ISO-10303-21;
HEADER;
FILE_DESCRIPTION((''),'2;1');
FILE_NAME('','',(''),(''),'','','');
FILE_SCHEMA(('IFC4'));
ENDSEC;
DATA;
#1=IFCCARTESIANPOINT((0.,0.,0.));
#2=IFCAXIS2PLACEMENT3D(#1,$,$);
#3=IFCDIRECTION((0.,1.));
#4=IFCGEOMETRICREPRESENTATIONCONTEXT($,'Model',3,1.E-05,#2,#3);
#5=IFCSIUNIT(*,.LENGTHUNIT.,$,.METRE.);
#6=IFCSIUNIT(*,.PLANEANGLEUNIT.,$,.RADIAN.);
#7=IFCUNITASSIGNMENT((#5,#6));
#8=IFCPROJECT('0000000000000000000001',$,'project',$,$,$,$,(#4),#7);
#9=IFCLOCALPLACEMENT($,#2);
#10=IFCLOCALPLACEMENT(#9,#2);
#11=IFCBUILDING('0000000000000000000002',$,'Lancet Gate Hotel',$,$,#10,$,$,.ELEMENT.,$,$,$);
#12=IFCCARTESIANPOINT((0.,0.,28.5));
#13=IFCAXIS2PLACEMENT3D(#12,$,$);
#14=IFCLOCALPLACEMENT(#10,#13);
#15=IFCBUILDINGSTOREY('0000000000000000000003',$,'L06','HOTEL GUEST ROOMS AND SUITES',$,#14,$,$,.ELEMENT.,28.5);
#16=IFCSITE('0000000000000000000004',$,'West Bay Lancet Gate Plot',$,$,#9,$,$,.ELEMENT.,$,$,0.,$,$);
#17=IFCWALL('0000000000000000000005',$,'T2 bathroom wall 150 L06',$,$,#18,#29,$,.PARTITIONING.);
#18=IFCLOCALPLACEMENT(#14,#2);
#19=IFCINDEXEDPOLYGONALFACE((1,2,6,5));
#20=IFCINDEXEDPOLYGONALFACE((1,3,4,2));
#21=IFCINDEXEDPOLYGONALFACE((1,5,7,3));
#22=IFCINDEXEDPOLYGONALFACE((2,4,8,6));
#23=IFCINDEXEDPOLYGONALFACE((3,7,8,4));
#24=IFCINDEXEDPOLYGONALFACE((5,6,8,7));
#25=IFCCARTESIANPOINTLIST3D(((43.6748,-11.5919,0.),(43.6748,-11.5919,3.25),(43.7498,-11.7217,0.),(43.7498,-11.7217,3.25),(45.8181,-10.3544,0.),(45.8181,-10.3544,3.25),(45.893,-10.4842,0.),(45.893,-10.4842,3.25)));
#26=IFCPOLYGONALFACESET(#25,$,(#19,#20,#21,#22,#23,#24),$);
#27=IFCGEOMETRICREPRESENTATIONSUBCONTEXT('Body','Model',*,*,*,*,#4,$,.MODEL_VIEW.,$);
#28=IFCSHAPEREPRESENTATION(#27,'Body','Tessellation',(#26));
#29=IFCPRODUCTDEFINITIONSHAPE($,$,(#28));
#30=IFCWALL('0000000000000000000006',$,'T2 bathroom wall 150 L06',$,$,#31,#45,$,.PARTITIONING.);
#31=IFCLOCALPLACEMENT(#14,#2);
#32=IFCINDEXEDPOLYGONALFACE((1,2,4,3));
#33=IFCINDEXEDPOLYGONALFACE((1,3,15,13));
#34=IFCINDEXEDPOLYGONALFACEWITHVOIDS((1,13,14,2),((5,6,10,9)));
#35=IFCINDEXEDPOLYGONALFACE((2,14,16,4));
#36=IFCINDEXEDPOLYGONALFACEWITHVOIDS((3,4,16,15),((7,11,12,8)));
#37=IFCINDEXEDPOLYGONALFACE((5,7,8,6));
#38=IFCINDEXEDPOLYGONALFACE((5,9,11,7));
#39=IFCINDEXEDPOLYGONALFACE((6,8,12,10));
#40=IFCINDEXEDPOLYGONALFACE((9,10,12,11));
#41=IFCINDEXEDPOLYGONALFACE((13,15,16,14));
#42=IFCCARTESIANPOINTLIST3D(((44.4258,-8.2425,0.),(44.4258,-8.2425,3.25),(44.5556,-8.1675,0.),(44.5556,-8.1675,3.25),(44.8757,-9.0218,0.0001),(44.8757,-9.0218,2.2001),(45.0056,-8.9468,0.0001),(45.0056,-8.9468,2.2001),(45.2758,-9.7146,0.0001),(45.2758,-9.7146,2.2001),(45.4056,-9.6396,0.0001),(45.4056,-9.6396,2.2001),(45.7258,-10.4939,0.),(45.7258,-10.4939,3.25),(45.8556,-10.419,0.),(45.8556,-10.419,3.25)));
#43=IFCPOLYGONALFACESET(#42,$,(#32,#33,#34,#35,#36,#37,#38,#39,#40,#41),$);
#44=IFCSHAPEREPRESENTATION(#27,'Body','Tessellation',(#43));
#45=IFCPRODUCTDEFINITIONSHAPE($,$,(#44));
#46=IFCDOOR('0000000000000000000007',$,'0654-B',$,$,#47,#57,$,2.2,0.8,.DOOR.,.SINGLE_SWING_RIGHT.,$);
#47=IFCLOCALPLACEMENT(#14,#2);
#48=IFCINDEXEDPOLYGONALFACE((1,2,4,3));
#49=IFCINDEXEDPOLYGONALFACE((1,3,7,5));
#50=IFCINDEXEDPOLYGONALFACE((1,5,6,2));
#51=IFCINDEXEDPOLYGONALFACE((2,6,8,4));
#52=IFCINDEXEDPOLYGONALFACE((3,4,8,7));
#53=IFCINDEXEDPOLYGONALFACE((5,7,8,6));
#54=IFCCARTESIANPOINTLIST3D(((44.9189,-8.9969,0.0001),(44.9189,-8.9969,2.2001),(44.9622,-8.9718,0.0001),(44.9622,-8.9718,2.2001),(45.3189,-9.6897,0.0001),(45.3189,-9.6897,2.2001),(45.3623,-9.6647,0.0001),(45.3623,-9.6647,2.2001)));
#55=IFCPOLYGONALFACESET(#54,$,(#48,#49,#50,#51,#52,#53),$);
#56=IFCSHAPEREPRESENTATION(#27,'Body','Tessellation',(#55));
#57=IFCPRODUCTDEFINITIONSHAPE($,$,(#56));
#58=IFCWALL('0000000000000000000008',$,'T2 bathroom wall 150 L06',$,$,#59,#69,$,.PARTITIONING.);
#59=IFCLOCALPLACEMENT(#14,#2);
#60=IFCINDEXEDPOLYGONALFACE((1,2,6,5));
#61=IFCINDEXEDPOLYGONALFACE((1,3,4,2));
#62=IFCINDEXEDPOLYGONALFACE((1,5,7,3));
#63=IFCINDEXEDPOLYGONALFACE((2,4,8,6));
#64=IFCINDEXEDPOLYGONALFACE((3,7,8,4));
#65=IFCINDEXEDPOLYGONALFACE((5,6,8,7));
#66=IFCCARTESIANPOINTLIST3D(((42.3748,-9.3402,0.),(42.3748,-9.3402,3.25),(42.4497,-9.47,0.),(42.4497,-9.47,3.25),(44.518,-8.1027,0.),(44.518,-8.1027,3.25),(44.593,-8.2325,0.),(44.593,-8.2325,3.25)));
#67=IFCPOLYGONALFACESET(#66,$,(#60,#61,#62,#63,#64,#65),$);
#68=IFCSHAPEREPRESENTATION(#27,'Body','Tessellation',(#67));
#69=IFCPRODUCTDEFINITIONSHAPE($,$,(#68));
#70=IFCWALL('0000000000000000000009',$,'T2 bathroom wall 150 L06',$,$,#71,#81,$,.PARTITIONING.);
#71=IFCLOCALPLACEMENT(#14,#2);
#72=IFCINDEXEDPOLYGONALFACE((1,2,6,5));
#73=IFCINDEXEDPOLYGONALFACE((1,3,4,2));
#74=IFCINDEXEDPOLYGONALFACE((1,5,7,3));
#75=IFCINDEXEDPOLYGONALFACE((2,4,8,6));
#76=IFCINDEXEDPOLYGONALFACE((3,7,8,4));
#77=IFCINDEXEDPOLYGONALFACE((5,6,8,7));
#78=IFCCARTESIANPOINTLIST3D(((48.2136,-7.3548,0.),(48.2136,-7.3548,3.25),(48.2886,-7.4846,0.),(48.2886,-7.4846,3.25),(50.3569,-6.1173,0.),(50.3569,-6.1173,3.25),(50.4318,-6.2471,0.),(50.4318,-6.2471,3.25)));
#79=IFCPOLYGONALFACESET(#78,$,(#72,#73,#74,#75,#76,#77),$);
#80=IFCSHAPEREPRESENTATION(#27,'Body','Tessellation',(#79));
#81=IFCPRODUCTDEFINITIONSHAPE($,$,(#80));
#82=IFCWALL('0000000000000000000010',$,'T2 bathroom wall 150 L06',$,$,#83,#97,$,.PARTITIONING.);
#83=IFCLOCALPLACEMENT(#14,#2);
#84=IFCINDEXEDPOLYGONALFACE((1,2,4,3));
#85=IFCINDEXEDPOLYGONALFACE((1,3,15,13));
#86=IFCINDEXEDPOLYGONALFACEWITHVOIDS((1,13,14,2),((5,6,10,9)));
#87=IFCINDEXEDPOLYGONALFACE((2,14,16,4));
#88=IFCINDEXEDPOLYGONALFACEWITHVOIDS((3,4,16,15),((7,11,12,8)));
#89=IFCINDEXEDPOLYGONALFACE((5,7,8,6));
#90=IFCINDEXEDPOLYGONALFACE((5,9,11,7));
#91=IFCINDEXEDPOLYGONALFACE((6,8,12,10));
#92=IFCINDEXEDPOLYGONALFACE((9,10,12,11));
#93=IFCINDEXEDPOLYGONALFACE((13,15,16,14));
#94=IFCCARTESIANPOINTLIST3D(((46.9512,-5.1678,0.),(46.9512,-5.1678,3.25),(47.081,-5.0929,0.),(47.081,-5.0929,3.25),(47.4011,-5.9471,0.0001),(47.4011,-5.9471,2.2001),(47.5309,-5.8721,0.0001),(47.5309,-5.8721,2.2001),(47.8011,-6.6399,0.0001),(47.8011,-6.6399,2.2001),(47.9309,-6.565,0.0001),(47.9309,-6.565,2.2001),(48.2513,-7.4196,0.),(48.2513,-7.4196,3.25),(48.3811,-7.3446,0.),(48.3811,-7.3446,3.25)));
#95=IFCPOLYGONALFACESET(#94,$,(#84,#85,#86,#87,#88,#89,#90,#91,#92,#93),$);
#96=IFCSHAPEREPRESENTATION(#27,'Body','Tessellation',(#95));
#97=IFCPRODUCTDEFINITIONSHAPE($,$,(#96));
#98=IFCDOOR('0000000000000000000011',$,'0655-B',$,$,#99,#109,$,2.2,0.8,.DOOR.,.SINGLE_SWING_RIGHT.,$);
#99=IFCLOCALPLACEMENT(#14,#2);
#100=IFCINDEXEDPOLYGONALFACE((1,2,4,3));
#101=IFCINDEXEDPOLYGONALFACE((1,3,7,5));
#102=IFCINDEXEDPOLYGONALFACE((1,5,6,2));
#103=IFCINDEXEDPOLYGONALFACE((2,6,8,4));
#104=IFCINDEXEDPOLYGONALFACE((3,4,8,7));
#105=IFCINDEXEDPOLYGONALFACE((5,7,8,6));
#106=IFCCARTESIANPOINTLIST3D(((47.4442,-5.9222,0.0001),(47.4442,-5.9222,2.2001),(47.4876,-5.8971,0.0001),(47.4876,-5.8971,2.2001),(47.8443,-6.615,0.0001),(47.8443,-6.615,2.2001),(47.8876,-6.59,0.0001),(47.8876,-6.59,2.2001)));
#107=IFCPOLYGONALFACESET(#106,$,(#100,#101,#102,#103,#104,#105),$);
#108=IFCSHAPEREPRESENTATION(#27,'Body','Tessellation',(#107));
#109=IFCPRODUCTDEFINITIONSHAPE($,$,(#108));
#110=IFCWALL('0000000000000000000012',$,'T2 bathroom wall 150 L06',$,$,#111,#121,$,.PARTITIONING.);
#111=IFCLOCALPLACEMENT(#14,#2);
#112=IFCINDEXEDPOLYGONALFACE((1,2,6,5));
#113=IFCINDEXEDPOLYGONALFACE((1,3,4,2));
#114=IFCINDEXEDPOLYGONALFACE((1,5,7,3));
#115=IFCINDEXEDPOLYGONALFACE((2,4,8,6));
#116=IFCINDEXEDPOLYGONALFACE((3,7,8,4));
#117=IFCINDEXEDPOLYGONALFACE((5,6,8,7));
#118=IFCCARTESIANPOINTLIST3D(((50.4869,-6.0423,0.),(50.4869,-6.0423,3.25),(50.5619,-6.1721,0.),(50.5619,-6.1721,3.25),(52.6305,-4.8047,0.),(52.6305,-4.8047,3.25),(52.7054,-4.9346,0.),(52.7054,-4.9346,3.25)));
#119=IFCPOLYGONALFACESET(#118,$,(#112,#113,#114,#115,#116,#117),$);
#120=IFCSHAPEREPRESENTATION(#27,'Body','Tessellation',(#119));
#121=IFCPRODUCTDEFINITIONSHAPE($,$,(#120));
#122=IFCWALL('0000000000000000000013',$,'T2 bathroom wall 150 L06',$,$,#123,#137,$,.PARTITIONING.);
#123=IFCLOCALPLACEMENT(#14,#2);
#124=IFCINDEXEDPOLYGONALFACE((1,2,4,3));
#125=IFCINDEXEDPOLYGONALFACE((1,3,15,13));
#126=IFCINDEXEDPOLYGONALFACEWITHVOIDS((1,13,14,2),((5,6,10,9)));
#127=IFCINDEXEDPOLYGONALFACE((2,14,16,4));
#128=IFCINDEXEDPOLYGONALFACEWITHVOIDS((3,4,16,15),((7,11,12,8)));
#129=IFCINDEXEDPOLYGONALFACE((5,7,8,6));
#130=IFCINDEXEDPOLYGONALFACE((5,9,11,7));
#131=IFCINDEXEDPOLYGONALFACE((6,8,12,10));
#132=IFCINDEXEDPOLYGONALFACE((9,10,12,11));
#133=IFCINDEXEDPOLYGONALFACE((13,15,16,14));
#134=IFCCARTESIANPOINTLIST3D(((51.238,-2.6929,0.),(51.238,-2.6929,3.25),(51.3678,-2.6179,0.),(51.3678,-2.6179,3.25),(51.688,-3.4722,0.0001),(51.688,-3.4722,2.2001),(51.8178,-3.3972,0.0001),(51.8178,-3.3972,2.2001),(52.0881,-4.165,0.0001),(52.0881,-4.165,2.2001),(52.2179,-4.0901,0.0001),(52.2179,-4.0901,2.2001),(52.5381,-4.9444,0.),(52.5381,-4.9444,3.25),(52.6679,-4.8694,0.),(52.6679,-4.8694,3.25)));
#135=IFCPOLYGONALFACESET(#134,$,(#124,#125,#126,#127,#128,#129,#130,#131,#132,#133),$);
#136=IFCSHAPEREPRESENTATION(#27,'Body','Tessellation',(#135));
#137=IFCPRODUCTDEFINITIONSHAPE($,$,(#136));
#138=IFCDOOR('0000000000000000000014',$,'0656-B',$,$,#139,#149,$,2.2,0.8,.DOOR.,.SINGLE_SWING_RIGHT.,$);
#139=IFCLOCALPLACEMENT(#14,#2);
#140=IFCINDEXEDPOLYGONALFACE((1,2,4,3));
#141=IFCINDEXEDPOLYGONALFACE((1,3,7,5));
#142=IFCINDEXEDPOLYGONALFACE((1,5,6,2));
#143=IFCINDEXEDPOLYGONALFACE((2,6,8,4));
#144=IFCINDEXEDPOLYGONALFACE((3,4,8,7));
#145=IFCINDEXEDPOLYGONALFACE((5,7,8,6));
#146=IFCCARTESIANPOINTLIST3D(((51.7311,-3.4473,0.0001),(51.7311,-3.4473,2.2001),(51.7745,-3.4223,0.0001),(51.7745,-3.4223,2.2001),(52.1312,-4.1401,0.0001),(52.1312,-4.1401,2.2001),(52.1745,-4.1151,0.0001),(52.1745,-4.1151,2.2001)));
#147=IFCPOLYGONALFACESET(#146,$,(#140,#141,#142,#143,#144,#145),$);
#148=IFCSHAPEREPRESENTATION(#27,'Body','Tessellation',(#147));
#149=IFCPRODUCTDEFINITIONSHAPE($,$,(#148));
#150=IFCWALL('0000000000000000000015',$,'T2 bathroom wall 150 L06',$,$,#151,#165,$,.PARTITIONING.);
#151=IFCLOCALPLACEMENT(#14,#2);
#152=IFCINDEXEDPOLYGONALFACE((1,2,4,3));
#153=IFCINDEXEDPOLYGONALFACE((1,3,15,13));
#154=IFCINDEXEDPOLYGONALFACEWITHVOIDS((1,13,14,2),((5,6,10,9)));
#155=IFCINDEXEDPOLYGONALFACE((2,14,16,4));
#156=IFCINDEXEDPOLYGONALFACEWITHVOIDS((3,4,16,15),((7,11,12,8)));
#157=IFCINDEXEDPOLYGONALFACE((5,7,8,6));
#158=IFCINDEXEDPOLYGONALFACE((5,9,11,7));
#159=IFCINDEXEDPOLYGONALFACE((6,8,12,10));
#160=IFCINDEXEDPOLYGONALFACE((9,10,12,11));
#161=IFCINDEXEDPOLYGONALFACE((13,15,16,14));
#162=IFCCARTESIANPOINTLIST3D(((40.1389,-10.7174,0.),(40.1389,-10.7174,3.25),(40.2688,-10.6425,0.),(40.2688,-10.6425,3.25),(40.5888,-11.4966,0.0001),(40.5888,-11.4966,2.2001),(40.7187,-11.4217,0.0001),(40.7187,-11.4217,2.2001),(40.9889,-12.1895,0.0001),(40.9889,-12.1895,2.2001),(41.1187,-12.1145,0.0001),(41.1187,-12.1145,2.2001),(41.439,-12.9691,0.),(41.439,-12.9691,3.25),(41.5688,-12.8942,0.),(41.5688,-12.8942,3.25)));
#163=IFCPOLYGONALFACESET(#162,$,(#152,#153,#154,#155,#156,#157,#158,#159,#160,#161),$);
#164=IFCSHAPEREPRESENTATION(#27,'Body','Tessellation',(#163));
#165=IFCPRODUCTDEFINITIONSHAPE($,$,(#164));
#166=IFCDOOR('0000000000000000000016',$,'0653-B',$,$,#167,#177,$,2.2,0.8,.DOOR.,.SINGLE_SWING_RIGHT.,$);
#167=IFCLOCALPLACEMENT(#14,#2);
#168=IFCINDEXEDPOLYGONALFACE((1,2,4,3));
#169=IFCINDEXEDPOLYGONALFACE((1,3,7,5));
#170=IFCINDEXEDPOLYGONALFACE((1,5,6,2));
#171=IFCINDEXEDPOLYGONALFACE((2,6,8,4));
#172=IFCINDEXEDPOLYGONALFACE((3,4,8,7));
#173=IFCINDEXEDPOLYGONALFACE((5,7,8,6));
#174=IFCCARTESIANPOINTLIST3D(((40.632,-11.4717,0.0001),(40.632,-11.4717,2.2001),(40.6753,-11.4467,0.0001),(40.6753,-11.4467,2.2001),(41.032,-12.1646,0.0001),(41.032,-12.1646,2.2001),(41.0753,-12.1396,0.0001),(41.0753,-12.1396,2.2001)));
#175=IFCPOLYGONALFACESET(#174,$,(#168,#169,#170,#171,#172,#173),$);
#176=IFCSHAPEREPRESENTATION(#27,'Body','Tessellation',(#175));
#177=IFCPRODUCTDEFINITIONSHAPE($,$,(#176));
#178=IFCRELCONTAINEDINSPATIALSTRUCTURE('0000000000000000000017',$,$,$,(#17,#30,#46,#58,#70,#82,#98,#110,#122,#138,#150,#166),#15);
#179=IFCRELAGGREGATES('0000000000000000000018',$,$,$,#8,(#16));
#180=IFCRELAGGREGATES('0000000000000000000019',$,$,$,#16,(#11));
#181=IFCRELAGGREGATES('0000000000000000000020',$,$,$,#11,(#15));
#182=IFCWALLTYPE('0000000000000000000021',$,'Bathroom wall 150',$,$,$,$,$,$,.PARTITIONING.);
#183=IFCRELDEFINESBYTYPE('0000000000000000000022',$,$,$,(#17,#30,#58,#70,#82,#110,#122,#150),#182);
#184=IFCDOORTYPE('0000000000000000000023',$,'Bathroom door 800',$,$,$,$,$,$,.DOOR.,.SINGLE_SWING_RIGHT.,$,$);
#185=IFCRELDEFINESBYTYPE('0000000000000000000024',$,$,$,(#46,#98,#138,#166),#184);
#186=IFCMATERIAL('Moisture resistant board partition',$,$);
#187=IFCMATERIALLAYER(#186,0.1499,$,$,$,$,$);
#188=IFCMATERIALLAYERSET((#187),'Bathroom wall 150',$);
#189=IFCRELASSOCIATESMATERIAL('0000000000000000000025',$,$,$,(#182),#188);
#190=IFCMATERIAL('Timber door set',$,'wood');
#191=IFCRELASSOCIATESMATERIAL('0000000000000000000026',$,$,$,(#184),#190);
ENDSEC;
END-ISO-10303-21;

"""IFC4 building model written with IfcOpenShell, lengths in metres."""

from ifc_helpers import new_model, si_unit, direction, frame, frame_2d, origin, place, context, subcontext, project, spatial, rectangle, extrude, material, layer, layer_set, type_object, element, fill, save


model = new_model("IFC4")

# Units and contexts
model_context = context("Model", 3, precision=1e-05, world=origin(), true_north=direction((0.0, 1.0)))
body_context = subcontext(model_context, "Body", "Model", "MODEL_VIEW")
ifc_project = project(units=[si_unit("LENGTHUNIT", "METRE"), si_unit("PLANEANGLEUNIT", "RADIAN")], contexts=[model_context])

# Site, building, storey
site_placement = place(None, origin())
site = spatial("IfcSite", under=ifc_project, at=site_placement, Name="West Bay Lancet Gate Plot", CompositionType="ELEMENT", RefElevation=0.0)
building_placement = place(site_placement, origin())
building = spatial("IfcBuilding", under=site, at=building_placement, Name="Lancet Gate Hotel", CompositionType="ELEMENT")
storey_placement = place(building_placement, frame((0.0, 0.0, 28.5)))
storey = spatial("IfcBuildingStorey", under=building, at=storey_placement, Name="L06", Description="HOTEL GUEST ROOMS AND SUITES", CompositionType="ELEMENT", Elevation=28.5)

# Wall
ifc_material_1 = material(Name="Moisture resistant board partition")
ifc_layer_1 = layer(ifc_material_1, 0.1499)
ifc_layer_set_1 = layer_set([ifc_layer_1], Name="Bathroom wall 150")
wall_type_1 = type_object("IfcWallType", Name="Bathroom wall 150", PredefinedType="PARTITIONING", material=ifc_layer_set_1)
wall_1_placement = place(storey_placement, frame((43.7124, -11.6567, 0.0), z_axis=(0.0, 0.0, 1.0), x_axis=(0.866007, 0.500033, 0.0)))
element("IfcWall", 1, at=wall_1_placement, inside=storey, type_object=wall_type_1, Name="T2 bathroom wall 150 L06", PredefinedType="PARTITIONING", context=body_context, shape_type="SweptSolid", body=[
    extrude(rectangle(XDim=2.4749, YDim=0.1499, at=frame_2d((1.2373, 0.0))), origin(), (0.0, 0.0, 1.0), 3.25),
])

# Wall, opening, door
wall_2_placement = place(storey_placement, frame((44.4907, -8.2051, 0.0), z_axis=(0.0, 0.0, 1.0), x_axis=(0.500048, -0.865998, 0.0)))
wall_2 = element("IfcWall", 2, at=wall_2_placement, inside=storey, type_object=wall_type_1, Name="T2 bathroom wall 150 L06", PredefinedType="PARTITIONING", context=body_context, shape_type="SweptSolid", body=[
    extrude(rectangle(XDim=2.5999, YDim=0.1499, at=frame_2d((1.2998, 0.0))), origin(), (0.0, 0.0, 1.0), 3.25),
])
opening_1_placement = place(wall_2_placement, frame((0.8999, 0.0, 0.0)))
opening_1 = element("IfcOpeningElement", 3, at=opening_1_placement, cuts=wall_2, PredefinedType="OPENING", context=body_context, shape_type="SweptSolid", body=[
    extrude(rectangle(XDim=0.8, YDim=2.2, at=frame_2d((0.3999, 1.1001))), frame((0.0, 0.085, 0.0), z_axis=(0.0, -1.0, 0.0), x_axis=(1.0, 0.0, 0.0)), (0.0, 0.0, 1.0), 0.1699),
])
ifc_material_2 = material(Name="Timber door set", Category="wood")
door_type_1 = type_object("IfcDoorType", Name="Bathroom door 800", OperationType="SINGLE_SWING_RIGHT", PredefinedType="DOOR", material=ifc_material_2)
door_1_placement = place(opening_1_placement, origin())
door_1 = element("IfcDoor", 4, at=door_1_placement, inside=storey, type_object=door_type_1, Name="0654-B", OperationType="SINGLE_SWING_RIGHT", OverallHeight=2.2, OverallWidth=0.8, PredefinedType="DOOR", context=body_context, shape_type="SweptSolid", body=[
    extrude(rectangle(XDim=0.8, YDim=2.2, at=frame_2d((0.3999, 1.1001))), frame((0.0, 0.0249, 0.0), z_axis=(0.0, -1.0, 0.0), x_axis=(1.0, 0.0, 0.0)), (0.0, 0.0, 1.0), 0.05),
])
fill(opening_1, door_1)

# Walls
for number, where, z_axis, x_axis, name in (
    (5, (42.4124, -9.405, 0.0), (0.0, 0.0, 1.0), (0.866007, 0.500033, 0.0), "T2 bathroom wall 150 L06"),
    (6, (48.2512, -7.4197, 0.0), (0.0, 0.0, 1.0), (0.866007, 0.500033, 0.0), "T2 bathroom wall 150 L06"),
):
    element("IfcWall", number, at=place(storey_placement, frame(where, z_axis=z_axis, x_axis=x_axis)), inside=storey, type_object=wall_type_1, Name=name, PredefinedType="PARTITIONING", context=body_context, shape_type="SweptSolid", body=[
        extrude(rectangle(XDim=2.4749, YDim=0.1499, at=frame_2d((1.2373, 0.0))), origin(), (0.0, 0.0, 1.0), 3.25),
    ])

# Wall, opening, door
wall_3_placement = place(storey_placement, frame((47.0161, -5.1304, 0.0), z_axis=(0.0, 0.0, 1.0), x_axis=(0.500007, -0.866021, 0.0)))
wall_3 = element("IfcWall", 7, at=wall_3_placement, inside=storey, type_object=wall_type_1, Name="T2 bathroom wall 150 L06", PredefinedType="PARTITIONING", context=body_context, shape_type="SweptSolid", body=[
    extrude(rectangle(XDim=2.6001, YDim=0.1499, at=frame_2d((1.3, 0.0))), origin(), (0.0, 0.0, 1.0), 3.25),
])
opening_2_placement = place(wall_3_placement, frame((0.8999, 0.0, 0.0)))
opening_2 = element("IfcOpeningElement", 8, at=opening_2_placement, cuts=wall_3, PredefinedType="OPENING", context=body_context, shape_type="SweptSolid", body=[
    extrude(rectangle(XDim=0.8, YDim=2.2, at=frame_2d((0.3999, 1.1001))), frame((0.0, 0.085, 0.0), z_axis=(0.0, -1.0, 0.0), x_axis=(1.0, 0.0, 0.0)), (0.0, 0.0, 1.0), 0.1699),
])
door_2_placement = place(opening_2_placement, origin())
door_2 = element("IfcDoor", 9, at=door_2_placement, inside=storey, type_object=door_type_1, Name="0655-B", OperationType="SINGLE_SWING_RIGHT", OverallHeight=2.2, OverallWidth=0.8, PredefinedType="DOOR", context=body_context, shape_type="SweptSolid", body=[
    extrude(rectangle(XDim=0.8, YDim=2.2, at=frame_2d((0.3999, 1.1001))), frame((0.0, 0.0249, 0.0), z_axis=(0.0, -1.0, 0.0), x_axis=(1.0, 0.0, 0.0)), (0.0, 0.0, 1.0), 0.05),
])
fill(opening_2, door_2)

# Wall
wall_4_placement = place(storey_placement, frame((50.5244, -6.1072, 0.0), z_axis=(0.0, 0.0, 1.0), x_axis=(0.866031, 0.49999, 0.0)))
element("IfcWall", 10, at=wall_4_placement, inside=storey, type_object=wall_type_1, Name="T2 bathroom wall 150 L06", PredefinedType="PARTITIONING", context=body_context, shape_type="SweptSolid", body=[
    extrude(rectangle(XDim=2.4751, YDim=0.1499, at=frame_2d((1.2375, 0.0))), origin(), (0.0, 0.0, 1.0), 3.25),
])

# Walls, openings, doors
wall_5_placement = place(storey_placement, frame((51.303, -2.6555, 0.0), z_axis=(0.0, 0.0, 1.0), x_axis=(0.500048, -0.865998, 0.0)))
wall_5 = element("IfcWall", 11, at=wall_5_placement, inside=storey, type_object=wall_type_1, Name="T2 bathroom wall 150 L06", PredefinedType="PARTITIONING", context=body_context, shape_type="SweptSolid", body=[
    extrude(rectangle(XDim=2.5999, YDim=0.1499, at=frame_2d((1.2998, 0.0))), origin(), (0.0, 0.0, 1.0), 3.25),
])
opening_3_placement = place(wall_5_placement, frame((0.8999, 0.0, 0.0)))
opening_3 = element("IfcOpeningElement", 12, at=opening_3_placement, cuts=wall_5, PredefinedType="OPENING", context=body_context, shape_type="SweptSolid", body=[
    extrude(rectangle(XDim=0.8, YDim=2.2, at=frame_2d((0.3999, 1.1001))), frame((0.0, 0.085, 0.0), z_axis=(0.0, -1.0, 0.0), x_axis=(1.0, 0.0, 0.0)), (0.0, 0.0, 1.0), 0.1699),
])
door_3_placement = place(opening_3_placement, origin())
door_3 = element("IfcDoor", 13, at=door_3_placement, inside=storey, type_object=door_type_1, Name="0656-B", OperationType="SINGLE_SWING_RIGHT", OverallHeight=2.2, OverallWidth=0.8, PredefinedType="DOOR", context=body_context, shape_type="SweptSolid", body=[
    extrude(rectangle(XDim=0.8, YDim=2.2, at=frame_2d((0.3999, 1.1001))), frame((0.0, 0.0249, 0.0), z_axis=(0.0, -1.0, 0.0), x_axis=(1.0, 0.0, 0.0)), (0.0, 0.0, 1.0), 0.05),
])
fill(opening_3, door_3)
wall_6_placement = place(storey_placement, frame((40.2039, -10.6799, 0.0), z_axis=(0.0, 0.0, 1.0), x_axis=(0.500007, -0.866021, 0.0)))
wall_6 = element("IfcWall", 14, at=wall_6_placement, inside=storey, type_object=wall_type_1, Name="T2 bathroom wall 150 L06", PredefinedType="PARTITIONING", context=body_context, shape_type="SweptSolid", body=[
    extrude(rectangle(XDim=2.6001, YDim=0.1499, at=frame_2d((1.3, 0.0))), origin(), (0.0, 0.0, 1.0), 3.25),
])
opening_4_placement = place(wall_6_placement, frame((0.8999, 0.0, 0.0)))
opening_4 = element("IfcOpeningElement", 15, at=opening_4_placement, cuts=wall_6, PredefinedType="OPENING", context=body_context, shape_type="SweptSolid", body=[
    extrude(rectangle(XDim=0.8, YDim=2.2, at=frame_2d((0.3999, 1.1001))), frame((0.0, 0.085, 0.0), z_axis=(0.0, -1.0, 0.0), x_axis=(1.0, 0.0, 0.0)), (0.0, 0.0, 1.0), 0.1699),
])
door_4_placement = place(opening_4_placement, origin())
door_4 = element("IfcDoor", 16, at=door_4_placement, inside=storey, type_object=door_type_1, Name="0653-B", OperationType="SINGLE_SWING_RIGHT", OverallHeight=2.2, OverallWidth=0.8, PredefinedType="DOOR", context=body_context, shape_type="SweptSolid", body=[
    extrude(rectangle(XDim=0.8, YDim=2.2, at=frame_2d((0.3999, 1.1001))), frame((0.0, 0.0249, 0.0), z_axis=(0.0, -1.0, 0.0), x_axis=(1.0, 0.0, 0.0)), (0.0, 0.0, 1.0), 0.05),
])
fill(opening_4, door_4)

save(model, "model.ifc")
